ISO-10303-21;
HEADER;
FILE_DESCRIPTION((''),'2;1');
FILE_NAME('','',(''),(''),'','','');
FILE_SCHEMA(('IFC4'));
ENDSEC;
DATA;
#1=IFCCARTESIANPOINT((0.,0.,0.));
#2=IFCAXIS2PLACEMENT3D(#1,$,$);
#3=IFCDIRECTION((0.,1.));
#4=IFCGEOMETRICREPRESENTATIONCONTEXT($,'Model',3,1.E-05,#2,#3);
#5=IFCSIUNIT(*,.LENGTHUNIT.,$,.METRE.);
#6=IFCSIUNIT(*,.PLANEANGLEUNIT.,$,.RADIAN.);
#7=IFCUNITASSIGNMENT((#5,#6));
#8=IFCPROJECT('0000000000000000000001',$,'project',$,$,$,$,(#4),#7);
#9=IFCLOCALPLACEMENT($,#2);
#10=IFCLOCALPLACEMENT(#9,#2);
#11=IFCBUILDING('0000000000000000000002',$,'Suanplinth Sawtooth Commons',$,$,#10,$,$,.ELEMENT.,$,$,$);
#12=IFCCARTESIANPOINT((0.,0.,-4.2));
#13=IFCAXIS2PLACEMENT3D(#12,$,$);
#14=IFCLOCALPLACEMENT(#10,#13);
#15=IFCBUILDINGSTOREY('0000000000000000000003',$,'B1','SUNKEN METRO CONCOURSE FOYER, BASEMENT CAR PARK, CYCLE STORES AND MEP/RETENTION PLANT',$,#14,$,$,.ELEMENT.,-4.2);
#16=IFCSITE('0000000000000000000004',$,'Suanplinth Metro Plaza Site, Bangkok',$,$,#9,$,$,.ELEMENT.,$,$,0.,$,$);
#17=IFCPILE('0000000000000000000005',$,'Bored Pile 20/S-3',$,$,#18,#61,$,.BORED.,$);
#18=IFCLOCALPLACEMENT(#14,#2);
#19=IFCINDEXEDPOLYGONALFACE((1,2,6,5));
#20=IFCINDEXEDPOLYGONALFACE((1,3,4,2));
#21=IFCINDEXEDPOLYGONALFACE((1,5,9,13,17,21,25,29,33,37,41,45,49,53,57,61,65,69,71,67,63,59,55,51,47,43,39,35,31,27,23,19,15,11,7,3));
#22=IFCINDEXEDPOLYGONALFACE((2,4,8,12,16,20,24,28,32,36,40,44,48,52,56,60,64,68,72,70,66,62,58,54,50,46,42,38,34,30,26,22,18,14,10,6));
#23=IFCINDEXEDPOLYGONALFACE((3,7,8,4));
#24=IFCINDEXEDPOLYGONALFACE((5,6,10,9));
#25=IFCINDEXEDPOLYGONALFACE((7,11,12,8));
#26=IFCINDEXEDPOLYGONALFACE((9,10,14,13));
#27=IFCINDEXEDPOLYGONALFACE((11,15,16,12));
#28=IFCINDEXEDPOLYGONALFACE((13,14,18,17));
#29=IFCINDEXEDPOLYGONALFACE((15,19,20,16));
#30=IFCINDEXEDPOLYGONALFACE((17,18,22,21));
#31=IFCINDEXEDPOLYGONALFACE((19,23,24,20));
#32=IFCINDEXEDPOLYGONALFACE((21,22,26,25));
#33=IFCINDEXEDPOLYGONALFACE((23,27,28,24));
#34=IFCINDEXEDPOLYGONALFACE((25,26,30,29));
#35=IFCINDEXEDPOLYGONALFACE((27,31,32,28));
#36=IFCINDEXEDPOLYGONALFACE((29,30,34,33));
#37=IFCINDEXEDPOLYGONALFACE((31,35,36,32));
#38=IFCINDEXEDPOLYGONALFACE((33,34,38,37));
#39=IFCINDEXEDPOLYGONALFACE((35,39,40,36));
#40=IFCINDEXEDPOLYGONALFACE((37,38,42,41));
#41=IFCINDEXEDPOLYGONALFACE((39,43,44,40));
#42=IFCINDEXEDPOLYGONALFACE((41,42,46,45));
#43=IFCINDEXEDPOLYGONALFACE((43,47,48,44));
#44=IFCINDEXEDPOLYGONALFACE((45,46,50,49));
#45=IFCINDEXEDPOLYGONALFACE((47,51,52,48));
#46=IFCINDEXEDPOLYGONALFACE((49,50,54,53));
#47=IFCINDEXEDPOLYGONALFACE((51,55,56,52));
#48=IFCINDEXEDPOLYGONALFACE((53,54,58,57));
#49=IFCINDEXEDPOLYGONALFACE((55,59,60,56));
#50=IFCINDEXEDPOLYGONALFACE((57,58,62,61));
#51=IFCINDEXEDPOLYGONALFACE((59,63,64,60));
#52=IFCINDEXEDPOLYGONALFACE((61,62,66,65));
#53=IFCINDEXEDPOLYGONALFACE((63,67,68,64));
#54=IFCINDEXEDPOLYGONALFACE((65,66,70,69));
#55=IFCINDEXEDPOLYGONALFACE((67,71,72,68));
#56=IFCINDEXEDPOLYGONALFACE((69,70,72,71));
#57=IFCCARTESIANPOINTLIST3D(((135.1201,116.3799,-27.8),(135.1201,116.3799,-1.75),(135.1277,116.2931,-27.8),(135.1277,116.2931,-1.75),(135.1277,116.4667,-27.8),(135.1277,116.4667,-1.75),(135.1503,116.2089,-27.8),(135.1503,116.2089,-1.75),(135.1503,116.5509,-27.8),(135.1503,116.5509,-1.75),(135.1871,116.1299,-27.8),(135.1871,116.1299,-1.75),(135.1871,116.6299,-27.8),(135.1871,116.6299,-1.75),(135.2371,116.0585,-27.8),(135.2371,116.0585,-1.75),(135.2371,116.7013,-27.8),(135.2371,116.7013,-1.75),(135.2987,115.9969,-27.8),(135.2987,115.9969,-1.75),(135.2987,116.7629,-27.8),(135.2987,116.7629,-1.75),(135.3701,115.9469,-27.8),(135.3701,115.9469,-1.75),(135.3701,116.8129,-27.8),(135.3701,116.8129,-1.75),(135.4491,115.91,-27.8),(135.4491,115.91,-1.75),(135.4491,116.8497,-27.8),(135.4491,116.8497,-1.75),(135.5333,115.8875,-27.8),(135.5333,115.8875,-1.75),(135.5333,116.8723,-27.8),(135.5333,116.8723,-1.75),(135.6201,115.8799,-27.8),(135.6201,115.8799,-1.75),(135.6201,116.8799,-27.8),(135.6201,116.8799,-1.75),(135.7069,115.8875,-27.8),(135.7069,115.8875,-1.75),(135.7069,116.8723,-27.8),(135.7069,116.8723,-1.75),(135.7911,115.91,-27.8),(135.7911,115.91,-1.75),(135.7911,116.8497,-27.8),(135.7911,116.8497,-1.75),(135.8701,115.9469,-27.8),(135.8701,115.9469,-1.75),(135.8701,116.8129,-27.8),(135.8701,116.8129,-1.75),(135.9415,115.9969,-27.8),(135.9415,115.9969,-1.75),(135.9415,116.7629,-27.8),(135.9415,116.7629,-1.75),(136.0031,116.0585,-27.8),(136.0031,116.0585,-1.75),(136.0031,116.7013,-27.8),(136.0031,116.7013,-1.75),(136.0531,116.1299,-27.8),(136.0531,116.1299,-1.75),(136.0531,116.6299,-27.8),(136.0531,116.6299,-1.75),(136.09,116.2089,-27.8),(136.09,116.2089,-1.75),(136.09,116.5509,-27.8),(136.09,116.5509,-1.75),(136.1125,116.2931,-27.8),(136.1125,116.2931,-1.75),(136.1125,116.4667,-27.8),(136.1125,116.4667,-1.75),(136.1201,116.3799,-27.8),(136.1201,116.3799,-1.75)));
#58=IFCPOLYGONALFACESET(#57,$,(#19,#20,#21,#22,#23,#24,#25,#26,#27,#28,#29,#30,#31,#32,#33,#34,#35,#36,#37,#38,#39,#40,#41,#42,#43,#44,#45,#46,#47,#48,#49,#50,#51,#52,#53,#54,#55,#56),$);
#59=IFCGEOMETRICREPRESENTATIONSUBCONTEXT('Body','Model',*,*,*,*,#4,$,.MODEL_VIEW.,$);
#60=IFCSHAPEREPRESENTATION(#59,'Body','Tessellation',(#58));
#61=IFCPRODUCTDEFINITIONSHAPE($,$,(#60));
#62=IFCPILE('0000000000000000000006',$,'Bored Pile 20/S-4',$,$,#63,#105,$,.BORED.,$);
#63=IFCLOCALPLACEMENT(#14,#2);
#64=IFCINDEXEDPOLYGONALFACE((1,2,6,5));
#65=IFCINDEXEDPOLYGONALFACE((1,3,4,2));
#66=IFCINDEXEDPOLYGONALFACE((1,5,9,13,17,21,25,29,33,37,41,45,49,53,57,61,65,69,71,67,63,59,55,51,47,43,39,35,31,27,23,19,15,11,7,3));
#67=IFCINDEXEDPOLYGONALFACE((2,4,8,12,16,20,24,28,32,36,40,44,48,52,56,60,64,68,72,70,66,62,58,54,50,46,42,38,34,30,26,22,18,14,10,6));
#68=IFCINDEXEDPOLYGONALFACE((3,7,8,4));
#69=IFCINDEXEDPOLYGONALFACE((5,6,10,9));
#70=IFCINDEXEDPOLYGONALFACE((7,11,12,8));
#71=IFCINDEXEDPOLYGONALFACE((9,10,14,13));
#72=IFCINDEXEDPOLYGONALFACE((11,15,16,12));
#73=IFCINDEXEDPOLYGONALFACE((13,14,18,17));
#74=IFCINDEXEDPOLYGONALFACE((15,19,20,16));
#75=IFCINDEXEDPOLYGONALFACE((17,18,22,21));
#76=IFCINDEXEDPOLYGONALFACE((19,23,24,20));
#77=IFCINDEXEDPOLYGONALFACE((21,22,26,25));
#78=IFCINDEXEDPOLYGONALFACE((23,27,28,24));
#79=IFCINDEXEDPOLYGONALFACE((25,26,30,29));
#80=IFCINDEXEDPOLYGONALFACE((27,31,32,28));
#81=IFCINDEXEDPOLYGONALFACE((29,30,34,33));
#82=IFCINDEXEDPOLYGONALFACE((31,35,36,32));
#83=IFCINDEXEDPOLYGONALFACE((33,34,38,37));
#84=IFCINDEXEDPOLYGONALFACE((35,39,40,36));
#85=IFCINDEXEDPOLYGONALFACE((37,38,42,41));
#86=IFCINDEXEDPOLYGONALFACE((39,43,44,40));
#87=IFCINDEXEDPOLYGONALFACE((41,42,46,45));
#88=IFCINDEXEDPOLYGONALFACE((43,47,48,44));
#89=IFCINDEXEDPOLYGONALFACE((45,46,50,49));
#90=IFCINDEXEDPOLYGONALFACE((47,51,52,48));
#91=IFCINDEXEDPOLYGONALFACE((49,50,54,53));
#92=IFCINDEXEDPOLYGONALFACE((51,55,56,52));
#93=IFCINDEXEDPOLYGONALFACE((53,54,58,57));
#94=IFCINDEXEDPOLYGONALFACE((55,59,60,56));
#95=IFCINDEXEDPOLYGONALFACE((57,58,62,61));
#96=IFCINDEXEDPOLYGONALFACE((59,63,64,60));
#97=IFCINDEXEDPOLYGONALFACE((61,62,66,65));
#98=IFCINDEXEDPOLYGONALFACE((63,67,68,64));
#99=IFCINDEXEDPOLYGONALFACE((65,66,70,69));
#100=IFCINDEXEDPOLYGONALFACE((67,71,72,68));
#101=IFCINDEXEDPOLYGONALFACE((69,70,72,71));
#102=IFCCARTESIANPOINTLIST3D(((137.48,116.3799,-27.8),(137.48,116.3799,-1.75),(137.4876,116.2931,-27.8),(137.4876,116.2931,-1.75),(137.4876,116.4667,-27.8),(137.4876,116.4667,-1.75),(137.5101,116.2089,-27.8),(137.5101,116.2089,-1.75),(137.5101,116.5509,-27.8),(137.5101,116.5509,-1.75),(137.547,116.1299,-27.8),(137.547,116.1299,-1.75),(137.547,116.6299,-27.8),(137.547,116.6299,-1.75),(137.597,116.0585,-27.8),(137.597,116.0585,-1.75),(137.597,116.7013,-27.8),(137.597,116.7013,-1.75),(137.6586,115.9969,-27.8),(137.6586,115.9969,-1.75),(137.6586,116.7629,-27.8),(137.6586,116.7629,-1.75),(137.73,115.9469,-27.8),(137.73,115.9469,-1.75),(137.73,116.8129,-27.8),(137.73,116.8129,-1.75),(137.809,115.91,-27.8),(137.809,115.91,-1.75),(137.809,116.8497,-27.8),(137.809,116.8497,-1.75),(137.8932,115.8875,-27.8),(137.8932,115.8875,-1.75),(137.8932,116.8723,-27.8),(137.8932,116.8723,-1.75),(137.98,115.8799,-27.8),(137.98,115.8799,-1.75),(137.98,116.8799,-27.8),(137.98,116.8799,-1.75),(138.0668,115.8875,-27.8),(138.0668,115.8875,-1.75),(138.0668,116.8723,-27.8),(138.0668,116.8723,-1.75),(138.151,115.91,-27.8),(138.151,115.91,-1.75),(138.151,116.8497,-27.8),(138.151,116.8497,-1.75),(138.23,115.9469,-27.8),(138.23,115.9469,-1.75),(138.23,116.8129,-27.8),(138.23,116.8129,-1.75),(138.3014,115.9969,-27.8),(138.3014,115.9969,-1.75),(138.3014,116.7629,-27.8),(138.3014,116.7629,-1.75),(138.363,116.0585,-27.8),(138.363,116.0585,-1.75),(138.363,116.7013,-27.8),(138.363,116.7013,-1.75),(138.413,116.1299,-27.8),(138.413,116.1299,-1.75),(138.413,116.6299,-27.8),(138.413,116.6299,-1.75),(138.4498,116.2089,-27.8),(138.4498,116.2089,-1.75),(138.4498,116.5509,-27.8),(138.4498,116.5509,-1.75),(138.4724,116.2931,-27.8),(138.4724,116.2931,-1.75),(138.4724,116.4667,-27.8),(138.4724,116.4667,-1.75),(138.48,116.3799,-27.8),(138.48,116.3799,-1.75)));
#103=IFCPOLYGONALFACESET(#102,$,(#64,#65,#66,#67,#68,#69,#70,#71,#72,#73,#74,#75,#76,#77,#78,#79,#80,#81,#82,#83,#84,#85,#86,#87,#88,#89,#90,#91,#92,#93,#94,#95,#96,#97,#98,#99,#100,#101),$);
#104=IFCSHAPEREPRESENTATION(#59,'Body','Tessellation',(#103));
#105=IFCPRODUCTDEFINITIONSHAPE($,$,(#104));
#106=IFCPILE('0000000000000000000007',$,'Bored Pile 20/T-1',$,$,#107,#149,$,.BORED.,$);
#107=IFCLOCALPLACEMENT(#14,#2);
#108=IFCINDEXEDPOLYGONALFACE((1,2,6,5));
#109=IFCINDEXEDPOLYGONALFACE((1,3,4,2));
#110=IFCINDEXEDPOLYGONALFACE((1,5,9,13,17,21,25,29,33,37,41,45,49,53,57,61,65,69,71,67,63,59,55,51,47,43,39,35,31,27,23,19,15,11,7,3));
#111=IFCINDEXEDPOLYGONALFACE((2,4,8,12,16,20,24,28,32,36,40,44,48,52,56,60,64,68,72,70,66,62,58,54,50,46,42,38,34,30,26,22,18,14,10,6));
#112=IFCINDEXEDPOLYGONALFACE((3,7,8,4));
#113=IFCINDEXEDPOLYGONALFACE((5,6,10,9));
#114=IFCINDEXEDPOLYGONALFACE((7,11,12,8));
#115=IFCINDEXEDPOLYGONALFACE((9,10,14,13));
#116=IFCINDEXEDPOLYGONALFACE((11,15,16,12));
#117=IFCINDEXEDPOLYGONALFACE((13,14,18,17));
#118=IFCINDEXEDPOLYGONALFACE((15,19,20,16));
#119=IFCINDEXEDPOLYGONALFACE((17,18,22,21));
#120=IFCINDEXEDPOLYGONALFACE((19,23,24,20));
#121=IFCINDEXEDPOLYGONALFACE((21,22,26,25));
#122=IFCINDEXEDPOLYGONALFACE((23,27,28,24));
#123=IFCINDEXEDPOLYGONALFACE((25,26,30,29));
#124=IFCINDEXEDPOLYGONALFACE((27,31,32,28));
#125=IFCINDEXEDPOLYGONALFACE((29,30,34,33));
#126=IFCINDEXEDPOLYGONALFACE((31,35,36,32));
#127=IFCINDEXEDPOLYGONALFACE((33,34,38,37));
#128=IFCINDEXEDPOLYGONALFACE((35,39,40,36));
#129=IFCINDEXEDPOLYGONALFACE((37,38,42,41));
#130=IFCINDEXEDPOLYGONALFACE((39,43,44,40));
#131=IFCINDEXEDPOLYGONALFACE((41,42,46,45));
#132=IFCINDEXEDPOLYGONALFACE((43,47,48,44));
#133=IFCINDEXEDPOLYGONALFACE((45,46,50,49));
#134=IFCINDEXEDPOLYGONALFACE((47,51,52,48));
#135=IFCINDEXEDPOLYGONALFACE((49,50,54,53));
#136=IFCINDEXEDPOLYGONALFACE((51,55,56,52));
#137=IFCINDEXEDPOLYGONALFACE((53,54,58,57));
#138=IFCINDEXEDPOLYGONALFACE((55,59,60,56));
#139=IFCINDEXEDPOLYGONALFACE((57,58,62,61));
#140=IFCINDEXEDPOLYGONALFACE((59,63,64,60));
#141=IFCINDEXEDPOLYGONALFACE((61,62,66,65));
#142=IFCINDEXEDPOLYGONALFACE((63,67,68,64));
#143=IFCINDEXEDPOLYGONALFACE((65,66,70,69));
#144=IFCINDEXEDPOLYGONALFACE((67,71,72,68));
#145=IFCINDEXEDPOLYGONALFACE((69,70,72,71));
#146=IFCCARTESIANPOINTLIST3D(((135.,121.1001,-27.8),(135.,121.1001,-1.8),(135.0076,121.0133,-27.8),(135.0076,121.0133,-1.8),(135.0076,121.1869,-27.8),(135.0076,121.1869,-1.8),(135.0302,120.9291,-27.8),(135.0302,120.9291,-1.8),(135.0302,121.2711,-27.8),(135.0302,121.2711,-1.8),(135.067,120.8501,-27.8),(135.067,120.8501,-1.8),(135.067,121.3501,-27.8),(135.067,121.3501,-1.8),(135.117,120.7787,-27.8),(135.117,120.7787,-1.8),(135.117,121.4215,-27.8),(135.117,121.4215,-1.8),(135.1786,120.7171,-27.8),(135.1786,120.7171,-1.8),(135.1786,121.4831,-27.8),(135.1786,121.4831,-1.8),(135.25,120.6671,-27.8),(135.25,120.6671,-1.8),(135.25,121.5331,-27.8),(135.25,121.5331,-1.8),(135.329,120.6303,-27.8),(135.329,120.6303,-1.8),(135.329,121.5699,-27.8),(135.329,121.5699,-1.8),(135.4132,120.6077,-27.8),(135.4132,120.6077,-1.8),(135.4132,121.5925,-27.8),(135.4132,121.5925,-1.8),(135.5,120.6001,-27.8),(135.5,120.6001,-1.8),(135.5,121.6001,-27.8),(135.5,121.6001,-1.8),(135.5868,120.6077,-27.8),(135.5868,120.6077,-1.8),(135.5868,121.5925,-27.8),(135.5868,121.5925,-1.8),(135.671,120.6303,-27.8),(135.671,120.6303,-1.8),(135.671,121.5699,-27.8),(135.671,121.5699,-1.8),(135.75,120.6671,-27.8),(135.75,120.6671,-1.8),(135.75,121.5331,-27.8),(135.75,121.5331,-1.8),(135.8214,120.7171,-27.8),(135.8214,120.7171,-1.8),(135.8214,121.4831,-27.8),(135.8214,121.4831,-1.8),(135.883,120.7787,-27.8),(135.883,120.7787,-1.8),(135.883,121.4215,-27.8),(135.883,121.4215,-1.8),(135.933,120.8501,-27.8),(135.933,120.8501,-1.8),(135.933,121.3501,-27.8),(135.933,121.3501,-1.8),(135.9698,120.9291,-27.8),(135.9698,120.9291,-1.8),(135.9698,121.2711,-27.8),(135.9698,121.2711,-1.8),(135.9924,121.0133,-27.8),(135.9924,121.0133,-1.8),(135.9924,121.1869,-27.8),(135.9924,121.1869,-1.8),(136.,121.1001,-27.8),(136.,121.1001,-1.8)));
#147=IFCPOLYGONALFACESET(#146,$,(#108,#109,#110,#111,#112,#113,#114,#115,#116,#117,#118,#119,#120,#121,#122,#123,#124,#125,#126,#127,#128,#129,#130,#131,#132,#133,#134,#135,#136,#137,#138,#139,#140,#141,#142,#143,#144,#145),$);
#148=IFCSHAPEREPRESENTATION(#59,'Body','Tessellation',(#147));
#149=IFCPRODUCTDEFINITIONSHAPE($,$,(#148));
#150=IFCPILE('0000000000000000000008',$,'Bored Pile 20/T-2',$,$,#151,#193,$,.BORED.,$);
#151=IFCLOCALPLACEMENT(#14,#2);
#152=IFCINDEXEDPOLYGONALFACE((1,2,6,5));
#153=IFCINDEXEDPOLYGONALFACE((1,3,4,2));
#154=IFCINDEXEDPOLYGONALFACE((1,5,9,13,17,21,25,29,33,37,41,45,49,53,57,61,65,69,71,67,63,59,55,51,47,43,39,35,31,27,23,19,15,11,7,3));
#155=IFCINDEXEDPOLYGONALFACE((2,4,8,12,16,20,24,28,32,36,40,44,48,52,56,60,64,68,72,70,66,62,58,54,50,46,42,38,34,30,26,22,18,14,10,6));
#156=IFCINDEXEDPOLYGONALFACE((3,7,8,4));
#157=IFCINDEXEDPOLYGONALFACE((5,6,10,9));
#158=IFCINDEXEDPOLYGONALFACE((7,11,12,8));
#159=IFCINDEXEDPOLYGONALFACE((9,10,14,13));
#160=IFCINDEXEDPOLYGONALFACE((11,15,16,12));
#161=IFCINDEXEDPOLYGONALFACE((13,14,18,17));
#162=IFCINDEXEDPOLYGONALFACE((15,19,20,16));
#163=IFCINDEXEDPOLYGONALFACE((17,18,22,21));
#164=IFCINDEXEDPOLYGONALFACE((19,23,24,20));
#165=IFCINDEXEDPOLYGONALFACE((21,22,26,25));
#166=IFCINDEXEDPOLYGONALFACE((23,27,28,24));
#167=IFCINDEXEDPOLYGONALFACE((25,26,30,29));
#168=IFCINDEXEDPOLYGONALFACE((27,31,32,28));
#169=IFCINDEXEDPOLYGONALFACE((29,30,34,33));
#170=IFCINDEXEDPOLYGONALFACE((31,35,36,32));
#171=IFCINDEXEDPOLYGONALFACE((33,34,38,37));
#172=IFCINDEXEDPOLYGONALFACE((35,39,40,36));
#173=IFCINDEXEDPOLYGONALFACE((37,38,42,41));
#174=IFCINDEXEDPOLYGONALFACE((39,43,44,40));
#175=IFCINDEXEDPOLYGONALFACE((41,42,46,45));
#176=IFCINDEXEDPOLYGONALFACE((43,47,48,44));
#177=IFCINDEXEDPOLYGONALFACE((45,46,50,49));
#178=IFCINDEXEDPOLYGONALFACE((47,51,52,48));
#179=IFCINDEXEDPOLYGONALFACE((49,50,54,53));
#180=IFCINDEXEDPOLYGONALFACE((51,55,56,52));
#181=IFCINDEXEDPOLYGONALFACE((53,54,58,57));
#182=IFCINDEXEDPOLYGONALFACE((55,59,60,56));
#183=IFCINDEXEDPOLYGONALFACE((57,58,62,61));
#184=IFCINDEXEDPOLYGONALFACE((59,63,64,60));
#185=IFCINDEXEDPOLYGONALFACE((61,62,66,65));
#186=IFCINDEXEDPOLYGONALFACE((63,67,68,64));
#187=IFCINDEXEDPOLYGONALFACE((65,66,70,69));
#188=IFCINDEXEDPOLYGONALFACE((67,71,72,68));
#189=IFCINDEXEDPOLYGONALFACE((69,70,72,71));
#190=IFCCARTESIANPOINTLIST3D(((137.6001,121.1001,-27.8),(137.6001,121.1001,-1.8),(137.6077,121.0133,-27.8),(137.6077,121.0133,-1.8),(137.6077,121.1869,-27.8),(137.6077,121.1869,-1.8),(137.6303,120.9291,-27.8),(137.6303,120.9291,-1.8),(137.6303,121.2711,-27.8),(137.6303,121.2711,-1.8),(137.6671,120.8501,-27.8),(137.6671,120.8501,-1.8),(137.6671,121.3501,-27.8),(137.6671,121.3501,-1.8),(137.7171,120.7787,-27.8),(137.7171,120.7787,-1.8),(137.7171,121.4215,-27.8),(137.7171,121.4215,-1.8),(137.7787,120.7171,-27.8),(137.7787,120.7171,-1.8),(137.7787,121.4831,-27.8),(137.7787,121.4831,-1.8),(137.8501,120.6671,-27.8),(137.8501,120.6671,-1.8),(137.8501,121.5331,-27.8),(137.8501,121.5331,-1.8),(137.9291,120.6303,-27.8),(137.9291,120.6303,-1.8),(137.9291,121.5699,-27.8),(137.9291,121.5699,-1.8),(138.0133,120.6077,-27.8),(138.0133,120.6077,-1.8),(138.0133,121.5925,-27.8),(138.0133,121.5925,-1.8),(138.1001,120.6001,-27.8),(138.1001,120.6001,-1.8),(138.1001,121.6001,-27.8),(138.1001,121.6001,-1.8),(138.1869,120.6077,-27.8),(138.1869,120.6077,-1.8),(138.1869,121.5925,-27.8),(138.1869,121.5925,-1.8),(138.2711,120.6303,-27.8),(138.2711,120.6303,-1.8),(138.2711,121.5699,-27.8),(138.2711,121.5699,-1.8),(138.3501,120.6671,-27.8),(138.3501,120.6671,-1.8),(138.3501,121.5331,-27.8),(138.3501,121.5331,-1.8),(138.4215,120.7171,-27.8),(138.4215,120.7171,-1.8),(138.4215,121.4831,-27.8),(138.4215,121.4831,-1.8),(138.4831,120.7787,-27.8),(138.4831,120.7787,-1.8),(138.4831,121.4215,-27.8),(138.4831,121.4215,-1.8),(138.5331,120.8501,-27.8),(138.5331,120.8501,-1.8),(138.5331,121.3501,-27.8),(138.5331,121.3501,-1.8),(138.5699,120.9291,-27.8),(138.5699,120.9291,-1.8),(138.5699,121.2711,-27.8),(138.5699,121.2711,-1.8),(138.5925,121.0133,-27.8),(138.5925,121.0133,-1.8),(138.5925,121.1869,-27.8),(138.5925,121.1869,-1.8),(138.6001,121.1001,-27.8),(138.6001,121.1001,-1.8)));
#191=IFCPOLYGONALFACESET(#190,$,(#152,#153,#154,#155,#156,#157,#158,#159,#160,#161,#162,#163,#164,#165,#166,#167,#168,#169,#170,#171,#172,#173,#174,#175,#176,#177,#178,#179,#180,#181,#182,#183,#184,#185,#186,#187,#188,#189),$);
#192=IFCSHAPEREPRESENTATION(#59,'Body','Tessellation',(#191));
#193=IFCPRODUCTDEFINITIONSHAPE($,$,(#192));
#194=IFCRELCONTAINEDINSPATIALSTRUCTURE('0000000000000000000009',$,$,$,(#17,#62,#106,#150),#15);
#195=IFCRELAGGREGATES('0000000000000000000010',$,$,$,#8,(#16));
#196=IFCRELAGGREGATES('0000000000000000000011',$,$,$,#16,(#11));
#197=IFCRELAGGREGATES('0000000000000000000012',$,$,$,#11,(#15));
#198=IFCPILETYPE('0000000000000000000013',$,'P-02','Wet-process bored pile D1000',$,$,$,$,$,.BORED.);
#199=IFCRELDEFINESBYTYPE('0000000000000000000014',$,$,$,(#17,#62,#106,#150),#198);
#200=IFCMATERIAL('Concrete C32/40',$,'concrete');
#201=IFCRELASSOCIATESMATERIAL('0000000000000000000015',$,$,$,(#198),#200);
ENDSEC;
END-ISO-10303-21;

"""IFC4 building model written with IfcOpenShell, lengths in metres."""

from ifc_helpers import new_model, si_unit, direction, frame, origin, origin_2d, place, context, subcontext, project, spatial, circle, extrude, material, material_profile, profile_set, type_object, element, save


model = new_model("IFC4")

# Units and contexts
model_context = context("Model", 3, precision=1e-05, world=origin(), true_north=direction((0.0, 1.0)))
body_context = subcontext(model_context, "Body", "Model", "MODEL_VIEW")
ifc_project = project(units=[si_unit("LENGTHUNIT", "METRE"), si_unit("PLANEANGLEUNIT", "RADIAN")], contexts=[model_context])

# Site, building, storey
site_placement = place(None, origin())
site = spatial("IfcSite", under=ifc_project, at=site_placement, Name="Suanplinth Metro Plaza Site, Bangkok", CompositionType="ELEMENT", RefElevation=0.0)
building_placement = place(site_placement, origin())
building = spatial("IfcBuilding", under=site, at=building_placement, Name="Suanplinth Sawtooth Commons", CompositionType="ELEMENT")
storey_placement = place(building_placement, frame((0.0, 0.0, -4.2)))
storey = spatial("IfcBuildingStorey", under=building, at=storey_placement, Name="B1", Description="SUNKEN METRO CONCOURSE FOYER, BASEMENT CAR PARK, CYCLE STORES AND MEP/RETENTION PLANT", CompositionType="ELEMENT", Elevation=-4.2)

# Piles
ifc_material_1 = material(Name="Concrete C32/40", Category="concrete")
ifc_material_profile_1 = material_profile(ifc_material_1, circle(Radius=0.5, at=origin_2d()), Name="PILE D1000")
ifc_profile_set_1 = profile_set([ifc_material_profile_1], Name="Concrete C32/40")
pile_type = type_object("IfcPileType", Name="P-02", Description="Wet-process bored pile D1000", PredefinedType="BORED", material=ifc_profile_set_1)
for number, where, z_axis, x_axis, name in (
    (1, (135.6201, 116.3799, -1.75), (0.0, 0.0, -1.0), (1.0, 0.0, 0.0), "Bored Pile 20/S-3"),
    (2, (137.98, 116.3799, -1.75), (0.0, 0.0, -1.0), (1.0, 0.0, 0.0), "Bored Pile 20/S-4"),
):
    element("IfcPile", number, at=place(storey_placement, frame(where, z_axis=z_axis, x_axis=x_axis)), inside=storey, type_object=pile_type, Name=name, PredefinedType="BORED", context=body_context, shape_type="SweptSolid", body=[
        extrude(circle(Radius=0.5, at=origin_2d()), origin(), (0.0, 0.0, 1.0), 26.05),
    ])
for number, where, z_axis, x_axis, name in (
    (3, (135.5, 121.1001, -1.8), (0.0, 0.0, -1.0), (1.0, 0.0, 0.0), "Bored Pile 20/T-1"),
    (4, (138.1001, 121.1001, -1.8), (0.0, 0.0, -1.0), (1.0, 0.0, 0.0), "Bored Pile 20/T-2"),
):
    element("IfcPile", number, at=place(storey_placement, frame(where, z_axis=z_axis, x_axis=x_axis)), inside=storey, type_object=pile_type, Name=name, PredefinedType="BORED", context=body_context, shape_type="SweptSolid", body=[
        extrude(circle(Radius=0.5, at=origin_2d()), origin(), (0.0, 0.0, 1.0), 26.0),
    ])

save(model, "model.ifc")
